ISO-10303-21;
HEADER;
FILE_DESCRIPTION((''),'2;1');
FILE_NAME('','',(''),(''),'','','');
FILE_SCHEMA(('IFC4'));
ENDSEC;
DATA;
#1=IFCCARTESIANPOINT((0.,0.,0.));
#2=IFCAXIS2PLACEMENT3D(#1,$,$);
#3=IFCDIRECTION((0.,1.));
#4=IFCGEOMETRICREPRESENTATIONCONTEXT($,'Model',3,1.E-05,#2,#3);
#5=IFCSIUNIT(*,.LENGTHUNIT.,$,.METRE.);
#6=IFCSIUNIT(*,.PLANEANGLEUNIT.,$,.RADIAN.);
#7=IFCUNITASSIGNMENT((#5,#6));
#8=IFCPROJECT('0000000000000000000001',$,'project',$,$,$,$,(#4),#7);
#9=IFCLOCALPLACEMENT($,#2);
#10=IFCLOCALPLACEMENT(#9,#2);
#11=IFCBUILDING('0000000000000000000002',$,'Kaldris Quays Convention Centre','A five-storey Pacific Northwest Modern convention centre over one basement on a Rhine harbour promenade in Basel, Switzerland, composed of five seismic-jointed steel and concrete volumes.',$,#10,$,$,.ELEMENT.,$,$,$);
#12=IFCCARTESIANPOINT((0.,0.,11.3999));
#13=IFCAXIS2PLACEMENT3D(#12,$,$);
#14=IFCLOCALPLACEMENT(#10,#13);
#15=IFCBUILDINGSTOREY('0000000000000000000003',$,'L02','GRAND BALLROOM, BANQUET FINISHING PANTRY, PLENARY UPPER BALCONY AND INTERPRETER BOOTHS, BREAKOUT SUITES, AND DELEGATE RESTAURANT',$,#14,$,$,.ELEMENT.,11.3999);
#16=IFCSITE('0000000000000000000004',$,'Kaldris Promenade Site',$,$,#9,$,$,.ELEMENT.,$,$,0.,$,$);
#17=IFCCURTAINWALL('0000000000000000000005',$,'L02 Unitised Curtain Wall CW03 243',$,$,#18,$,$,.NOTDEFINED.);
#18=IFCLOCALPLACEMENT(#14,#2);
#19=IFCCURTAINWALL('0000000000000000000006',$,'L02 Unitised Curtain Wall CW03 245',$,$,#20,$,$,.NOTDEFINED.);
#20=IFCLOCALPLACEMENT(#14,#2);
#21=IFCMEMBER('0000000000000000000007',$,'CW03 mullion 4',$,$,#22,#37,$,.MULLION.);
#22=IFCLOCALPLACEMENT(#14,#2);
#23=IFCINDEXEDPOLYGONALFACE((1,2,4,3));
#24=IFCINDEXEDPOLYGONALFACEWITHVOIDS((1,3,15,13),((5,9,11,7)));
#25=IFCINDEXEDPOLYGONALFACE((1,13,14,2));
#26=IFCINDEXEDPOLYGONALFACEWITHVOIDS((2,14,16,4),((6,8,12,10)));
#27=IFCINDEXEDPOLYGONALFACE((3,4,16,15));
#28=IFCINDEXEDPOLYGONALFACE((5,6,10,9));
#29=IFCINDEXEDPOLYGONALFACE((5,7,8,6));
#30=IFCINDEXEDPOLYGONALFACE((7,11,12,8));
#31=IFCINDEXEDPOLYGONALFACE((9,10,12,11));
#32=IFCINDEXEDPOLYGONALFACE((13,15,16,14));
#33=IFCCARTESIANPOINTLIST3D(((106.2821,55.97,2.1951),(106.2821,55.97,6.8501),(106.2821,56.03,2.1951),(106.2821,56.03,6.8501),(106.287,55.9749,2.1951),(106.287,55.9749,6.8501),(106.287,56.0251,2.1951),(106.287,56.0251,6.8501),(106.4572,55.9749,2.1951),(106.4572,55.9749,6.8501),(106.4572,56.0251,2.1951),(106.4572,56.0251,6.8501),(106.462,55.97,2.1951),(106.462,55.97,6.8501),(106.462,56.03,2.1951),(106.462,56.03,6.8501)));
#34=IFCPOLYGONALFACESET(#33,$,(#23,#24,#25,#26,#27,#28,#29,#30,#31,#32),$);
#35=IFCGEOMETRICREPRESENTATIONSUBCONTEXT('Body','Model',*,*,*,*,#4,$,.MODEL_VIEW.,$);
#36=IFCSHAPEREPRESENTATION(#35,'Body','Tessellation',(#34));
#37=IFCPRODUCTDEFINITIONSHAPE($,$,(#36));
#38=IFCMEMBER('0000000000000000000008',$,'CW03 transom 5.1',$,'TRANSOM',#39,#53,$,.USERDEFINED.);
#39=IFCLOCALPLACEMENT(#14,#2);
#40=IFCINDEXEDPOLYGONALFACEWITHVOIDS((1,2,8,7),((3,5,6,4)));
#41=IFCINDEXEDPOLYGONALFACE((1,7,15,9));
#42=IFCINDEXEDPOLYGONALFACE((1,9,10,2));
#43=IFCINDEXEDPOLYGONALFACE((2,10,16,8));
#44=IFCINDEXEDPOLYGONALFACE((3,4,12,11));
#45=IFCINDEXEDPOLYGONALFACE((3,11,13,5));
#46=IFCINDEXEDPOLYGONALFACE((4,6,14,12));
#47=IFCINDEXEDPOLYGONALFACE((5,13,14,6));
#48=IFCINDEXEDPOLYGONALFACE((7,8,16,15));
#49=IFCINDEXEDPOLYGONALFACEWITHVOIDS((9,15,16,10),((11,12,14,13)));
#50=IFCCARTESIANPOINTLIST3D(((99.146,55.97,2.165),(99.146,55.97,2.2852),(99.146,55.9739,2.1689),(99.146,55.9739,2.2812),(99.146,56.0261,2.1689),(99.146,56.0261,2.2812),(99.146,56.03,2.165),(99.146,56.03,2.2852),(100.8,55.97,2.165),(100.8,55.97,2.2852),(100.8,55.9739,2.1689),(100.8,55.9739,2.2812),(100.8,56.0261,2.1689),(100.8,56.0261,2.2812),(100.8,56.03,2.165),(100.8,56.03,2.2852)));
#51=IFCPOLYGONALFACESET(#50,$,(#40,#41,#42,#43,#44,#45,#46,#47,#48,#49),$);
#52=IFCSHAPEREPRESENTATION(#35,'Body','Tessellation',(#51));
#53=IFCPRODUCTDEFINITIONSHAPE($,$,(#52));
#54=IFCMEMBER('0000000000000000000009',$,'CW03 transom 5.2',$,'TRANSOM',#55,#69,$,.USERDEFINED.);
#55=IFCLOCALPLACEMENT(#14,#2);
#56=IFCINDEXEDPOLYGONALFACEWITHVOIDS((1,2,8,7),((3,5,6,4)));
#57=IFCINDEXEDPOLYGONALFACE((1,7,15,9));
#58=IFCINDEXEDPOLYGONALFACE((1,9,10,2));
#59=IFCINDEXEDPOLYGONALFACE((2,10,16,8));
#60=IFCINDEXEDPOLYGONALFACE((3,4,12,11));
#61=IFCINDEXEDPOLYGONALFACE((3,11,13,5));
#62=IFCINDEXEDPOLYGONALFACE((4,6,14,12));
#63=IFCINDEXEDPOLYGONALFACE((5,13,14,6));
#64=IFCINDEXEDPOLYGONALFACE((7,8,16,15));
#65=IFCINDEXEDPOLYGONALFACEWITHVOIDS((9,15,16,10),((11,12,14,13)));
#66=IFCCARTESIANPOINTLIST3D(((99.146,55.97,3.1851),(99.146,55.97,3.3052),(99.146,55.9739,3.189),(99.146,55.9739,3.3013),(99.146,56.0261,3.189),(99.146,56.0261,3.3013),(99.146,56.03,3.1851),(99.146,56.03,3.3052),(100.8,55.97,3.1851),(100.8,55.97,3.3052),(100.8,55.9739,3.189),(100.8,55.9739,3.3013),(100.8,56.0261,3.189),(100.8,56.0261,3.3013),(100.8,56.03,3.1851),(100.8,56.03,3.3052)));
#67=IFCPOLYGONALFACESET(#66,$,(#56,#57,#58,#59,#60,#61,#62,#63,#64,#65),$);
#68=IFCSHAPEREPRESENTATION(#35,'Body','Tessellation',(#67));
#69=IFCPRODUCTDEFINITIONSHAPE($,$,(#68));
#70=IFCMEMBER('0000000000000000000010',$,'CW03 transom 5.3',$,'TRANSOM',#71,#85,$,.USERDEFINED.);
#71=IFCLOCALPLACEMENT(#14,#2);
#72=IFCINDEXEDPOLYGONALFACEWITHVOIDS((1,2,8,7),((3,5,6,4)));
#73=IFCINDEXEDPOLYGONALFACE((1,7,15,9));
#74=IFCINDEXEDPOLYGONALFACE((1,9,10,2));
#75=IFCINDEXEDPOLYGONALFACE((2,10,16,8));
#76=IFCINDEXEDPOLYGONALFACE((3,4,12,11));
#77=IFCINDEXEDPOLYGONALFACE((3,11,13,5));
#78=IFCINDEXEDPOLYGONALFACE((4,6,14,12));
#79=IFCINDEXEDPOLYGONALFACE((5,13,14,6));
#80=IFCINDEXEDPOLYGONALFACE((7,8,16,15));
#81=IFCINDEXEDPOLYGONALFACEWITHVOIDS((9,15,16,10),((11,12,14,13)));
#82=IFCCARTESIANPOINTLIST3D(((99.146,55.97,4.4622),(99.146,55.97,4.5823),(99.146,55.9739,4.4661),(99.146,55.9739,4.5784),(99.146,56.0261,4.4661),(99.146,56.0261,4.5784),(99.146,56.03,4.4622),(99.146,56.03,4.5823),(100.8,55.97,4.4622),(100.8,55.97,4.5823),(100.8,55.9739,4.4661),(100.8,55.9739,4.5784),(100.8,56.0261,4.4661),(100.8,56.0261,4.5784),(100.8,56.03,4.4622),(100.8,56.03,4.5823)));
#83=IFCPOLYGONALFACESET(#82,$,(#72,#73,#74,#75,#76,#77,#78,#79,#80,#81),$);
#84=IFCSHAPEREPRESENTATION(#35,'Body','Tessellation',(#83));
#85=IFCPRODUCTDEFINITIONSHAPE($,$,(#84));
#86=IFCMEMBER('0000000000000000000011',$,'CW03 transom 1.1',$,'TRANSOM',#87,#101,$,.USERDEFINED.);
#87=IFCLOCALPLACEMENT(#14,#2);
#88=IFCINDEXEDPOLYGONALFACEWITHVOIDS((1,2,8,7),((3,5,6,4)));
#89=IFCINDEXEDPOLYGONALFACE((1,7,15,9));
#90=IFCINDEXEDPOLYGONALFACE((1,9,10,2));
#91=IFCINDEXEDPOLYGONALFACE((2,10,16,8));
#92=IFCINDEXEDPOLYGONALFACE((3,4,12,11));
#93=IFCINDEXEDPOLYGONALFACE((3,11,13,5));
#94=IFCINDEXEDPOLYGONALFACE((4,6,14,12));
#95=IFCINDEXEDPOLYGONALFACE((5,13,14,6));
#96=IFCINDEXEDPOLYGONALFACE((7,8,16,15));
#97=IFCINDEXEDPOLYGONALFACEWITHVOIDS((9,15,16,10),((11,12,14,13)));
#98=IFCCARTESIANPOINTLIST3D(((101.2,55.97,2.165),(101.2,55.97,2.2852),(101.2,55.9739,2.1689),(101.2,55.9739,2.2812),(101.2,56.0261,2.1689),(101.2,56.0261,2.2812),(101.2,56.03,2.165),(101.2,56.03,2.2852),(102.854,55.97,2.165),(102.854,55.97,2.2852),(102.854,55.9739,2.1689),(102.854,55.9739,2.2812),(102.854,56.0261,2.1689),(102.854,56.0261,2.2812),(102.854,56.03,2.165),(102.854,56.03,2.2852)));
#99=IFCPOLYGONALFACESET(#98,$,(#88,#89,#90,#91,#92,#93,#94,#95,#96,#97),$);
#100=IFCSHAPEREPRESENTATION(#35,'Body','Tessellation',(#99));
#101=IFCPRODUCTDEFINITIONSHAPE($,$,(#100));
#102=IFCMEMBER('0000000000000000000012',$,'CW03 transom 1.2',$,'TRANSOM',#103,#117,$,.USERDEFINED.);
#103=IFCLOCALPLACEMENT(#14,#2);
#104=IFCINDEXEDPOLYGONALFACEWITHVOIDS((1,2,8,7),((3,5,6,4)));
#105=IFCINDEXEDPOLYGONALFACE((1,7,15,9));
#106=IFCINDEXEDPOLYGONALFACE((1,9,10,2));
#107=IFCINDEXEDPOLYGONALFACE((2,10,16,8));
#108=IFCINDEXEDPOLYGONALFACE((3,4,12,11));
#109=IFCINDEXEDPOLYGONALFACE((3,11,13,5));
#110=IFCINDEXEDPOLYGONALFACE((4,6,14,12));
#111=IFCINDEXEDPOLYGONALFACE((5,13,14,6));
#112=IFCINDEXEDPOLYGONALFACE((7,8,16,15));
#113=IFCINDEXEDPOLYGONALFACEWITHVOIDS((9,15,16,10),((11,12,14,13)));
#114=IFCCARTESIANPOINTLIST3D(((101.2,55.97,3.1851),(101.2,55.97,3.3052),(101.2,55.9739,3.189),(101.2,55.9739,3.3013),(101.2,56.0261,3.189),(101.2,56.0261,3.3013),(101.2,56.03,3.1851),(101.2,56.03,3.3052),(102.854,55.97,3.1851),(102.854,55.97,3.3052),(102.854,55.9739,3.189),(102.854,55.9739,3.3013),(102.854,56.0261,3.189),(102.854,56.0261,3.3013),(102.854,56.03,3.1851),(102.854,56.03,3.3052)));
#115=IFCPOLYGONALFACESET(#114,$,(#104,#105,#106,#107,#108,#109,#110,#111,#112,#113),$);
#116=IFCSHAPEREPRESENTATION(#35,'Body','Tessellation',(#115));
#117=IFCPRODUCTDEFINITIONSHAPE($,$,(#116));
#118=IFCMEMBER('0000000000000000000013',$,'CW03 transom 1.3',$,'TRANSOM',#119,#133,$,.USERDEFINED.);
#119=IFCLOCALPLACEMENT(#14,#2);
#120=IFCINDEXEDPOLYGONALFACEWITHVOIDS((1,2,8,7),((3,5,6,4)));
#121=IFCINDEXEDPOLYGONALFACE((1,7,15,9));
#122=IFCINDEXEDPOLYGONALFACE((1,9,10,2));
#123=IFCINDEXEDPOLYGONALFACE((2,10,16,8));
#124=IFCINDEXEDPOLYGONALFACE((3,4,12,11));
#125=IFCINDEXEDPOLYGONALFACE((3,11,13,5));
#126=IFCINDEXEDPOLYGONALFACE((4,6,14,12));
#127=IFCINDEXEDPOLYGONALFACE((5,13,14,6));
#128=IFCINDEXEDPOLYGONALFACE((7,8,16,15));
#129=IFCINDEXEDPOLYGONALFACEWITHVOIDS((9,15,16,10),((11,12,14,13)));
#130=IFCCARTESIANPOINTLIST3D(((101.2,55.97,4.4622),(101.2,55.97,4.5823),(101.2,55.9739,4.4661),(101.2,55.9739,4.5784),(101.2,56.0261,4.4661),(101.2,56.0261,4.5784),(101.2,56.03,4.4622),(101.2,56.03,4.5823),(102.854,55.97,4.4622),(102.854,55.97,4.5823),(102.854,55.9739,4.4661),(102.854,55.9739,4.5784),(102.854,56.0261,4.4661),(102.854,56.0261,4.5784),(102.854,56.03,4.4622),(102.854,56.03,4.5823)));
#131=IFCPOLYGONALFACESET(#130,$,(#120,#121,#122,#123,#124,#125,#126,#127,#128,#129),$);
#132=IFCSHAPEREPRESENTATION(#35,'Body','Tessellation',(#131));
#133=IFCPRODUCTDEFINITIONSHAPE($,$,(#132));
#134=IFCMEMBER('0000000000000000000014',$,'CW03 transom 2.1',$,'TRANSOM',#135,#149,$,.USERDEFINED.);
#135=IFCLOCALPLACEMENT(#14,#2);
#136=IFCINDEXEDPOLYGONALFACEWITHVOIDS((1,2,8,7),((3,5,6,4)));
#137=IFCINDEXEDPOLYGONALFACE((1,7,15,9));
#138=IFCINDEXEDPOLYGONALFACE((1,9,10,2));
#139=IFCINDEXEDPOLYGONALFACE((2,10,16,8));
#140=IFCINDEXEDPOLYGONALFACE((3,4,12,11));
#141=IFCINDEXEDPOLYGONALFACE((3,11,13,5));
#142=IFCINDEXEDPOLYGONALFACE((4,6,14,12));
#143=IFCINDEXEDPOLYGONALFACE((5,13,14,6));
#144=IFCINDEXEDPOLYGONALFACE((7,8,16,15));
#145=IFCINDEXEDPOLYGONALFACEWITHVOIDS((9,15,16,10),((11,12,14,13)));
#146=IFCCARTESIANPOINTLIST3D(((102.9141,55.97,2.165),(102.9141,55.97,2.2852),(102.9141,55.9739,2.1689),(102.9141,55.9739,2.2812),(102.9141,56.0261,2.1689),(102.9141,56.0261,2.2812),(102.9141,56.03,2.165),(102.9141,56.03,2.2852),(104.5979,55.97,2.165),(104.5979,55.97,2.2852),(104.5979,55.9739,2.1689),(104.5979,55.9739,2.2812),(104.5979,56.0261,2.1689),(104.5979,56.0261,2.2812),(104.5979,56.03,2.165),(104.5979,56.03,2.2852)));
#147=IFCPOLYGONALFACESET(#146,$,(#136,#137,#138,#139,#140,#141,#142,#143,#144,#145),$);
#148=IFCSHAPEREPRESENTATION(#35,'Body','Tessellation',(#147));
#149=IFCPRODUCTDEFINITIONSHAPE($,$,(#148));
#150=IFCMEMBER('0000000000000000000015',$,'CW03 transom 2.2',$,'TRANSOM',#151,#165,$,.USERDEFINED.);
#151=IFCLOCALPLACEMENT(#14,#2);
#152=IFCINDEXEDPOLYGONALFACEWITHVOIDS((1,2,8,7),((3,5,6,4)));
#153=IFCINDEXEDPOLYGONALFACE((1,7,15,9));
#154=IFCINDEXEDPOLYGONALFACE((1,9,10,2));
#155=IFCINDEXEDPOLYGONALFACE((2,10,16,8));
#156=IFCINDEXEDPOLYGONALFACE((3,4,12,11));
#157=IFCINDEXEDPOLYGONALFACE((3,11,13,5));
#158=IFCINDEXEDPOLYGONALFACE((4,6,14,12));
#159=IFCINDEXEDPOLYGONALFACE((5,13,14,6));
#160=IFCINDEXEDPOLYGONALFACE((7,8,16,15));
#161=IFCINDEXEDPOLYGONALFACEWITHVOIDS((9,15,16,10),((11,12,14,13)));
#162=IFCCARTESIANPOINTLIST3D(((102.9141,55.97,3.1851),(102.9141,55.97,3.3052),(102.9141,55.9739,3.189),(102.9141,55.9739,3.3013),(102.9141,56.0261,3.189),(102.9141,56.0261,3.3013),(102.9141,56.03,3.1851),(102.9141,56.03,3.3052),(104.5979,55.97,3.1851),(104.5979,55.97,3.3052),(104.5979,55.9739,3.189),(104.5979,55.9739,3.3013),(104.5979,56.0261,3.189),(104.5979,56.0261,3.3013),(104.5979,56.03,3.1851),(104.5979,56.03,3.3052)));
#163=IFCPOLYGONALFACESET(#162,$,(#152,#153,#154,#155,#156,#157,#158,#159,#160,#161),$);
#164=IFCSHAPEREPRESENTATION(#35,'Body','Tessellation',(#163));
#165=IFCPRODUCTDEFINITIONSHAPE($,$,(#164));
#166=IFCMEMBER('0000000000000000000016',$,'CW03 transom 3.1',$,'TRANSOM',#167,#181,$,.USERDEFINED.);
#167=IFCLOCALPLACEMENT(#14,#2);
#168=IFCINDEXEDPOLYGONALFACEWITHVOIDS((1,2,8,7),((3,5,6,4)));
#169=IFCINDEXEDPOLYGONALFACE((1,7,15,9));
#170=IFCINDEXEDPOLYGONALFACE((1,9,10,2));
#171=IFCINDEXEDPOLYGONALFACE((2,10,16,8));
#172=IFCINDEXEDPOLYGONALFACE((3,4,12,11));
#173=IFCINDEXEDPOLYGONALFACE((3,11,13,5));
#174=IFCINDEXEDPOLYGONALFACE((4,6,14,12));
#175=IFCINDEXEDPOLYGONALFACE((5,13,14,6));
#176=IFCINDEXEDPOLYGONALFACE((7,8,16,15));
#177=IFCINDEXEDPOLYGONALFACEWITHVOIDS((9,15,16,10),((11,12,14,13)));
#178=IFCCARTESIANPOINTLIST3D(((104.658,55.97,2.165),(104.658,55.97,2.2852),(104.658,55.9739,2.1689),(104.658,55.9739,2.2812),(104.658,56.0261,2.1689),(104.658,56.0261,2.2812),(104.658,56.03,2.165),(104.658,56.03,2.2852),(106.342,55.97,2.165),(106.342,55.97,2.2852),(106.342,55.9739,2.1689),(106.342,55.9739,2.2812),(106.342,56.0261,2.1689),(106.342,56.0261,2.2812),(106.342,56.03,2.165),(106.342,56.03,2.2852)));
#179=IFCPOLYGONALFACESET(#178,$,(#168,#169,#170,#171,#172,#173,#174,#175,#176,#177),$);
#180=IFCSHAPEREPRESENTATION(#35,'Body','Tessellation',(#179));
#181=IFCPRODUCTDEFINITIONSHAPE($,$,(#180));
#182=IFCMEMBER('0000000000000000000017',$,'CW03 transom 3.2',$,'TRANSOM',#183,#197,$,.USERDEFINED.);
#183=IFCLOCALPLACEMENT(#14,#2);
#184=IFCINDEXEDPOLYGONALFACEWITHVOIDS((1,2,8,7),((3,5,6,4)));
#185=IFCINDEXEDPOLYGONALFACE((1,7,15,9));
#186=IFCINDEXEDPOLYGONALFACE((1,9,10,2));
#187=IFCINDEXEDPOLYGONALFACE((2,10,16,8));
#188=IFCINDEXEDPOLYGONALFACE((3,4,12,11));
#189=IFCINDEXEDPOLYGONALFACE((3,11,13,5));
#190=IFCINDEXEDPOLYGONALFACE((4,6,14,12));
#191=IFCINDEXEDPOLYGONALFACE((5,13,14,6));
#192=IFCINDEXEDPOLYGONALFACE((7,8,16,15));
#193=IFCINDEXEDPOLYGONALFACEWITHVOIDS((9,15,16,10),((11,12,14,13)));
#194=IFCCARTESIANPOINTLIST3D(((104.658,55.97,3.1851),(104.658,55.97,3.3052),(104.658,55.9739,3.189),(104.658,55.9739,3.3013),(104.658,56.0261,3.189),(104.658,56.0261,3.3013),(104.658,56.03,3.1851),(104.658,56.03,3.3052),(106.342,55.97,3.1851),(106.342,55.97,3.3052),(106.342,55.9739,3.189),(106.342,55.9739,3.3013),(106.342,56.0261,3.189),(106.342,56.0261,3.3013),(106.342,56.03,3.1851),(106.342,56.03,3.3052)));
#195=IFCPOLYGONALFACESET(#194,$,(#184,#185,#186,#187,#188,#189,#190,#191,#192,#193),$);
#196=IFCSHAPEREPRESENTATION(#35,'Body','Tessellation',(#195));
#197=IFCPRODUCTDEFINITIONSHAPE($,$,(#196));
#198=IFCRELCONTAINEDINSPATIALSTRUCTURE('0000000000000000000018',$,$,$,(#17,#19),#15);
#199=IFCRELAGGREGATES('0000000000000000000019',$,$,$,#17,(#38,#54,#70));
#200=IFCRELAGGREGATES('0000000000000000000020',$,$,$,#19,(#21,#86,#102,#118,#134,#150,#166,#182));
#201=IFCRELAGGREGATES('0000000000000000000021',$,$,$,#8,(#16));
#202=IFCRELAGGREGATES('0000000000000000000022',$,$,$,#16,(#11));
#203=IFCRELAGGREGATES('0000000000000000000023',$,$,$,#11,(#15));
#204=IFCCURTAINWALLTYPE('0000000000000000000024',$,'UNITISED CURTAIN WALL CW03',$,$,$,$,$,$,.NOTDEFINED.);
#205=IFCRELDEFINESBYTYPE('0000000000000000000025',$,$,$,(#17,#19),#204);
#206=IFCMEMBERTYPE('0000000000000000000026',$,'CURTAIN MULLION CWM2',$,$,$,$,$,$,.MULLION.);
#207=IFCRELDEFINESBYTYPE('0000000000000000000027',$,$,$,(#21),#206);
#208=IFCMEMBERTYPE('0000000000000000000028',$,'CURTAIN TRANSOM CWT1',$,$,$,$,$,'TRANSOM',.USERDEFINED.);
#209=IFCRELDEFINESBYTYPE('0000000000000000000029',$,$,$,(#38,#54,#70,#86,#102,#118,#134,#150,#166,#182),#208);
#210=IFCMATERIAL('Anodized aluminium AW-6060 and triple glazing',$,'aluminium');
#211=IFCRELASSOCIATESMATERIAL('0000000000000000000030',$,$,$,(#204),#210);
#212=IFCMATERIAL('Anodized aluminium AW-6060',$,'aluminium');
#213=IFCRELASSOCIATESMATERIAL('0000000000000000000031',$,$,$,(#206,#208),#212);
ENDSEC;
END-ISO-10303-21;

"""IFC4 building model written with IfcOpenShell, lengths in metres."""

from ifc_helpers import new_model, si_unit, direction, frame, origin, origin_2d, place, context, subcontext, project, spatial, hollow_rectangle, extrude, material, material_profile, profile_set, type_object, element, aggregate, save


model = new_model("IFC4")

# Units and contexts
model_context = context("Model", 3, precision=1e-05, world=origin(), true_north=direction((0.0, 1.0)))
body_context = subcontext(model_context, "Body", "Model", "MODEL_VIEW")
ifc_project = project(units=[si_unit("LENGTHUNIT", "METRE"), si_unit("PLANEANGLEUNIT", "RADIAN")], contexts=[model_context])

# Site, building, storey
site_placement = place(None, origin())
site = spatial("IfcSite", under=ifc_project, at=site_placement, Name="Kaldris Promenade Site", CompositionType="ELEMENT", RefElevation=0.0)
building_placement = place(site_placement, origin())
building = spatial("IfcBuilding", under=site, at=building_placement, Name="Kaldris Quays Convention Centre", Description="A five-storey Pacific Northwest Modern convention centre over one basement on a Rhine harbour promenade in Basel, Switzerland, composed of five seismic-jointed steel and concrete volumes.", CompositionType="ELEMENT")
storey_placement = place(building_placement, frame((0.0, 0.0, 11.3999)))
storey = spatial("IfcBuildingStorey", under=building, at=storey_placement, Name="L02", Description="GRAND BALLROOM, BANQUET FINISHING PANTRY, PLENARY UPPER BALCONY AND INTERPRETER BOOTHS, BREAKOUT SUITES, AND DELEGATE RESTAURANT", CompositionType="ELEMENT", Elevation=11.3999)

# Curtain walls, member
ifc_material_1 = material(Name="Anodized aluminium AW-6060 and triple glazing", Category="aluminium")
curtain_wall_type = type_object("IfcCurtainWallType", Name="UNITISED CURTAIN WALL CW03", PredefinedType="NOTDEFINED", material=ifc_material_1)
curtain_wall_1_placement = place(storey_placement, origin())
curtain_wall_1 = element("IfcCurtainWall", 1, at=curtain_wall_1_placement, inside=storey, type_object=curtain_wall_type, Name="L02 Unitised Curtain Wall CW03 243", PredefinedType="NOTDEFINED")
ifc_material_2 = material(Name="Anodized aluminium AW-6060", Category="aluminium")
ifc_material_profile_1 = material_profile(ifc_material_2, hollow_rectangle(XDim=0.0601, YDim=0.1799, WallThickness=0.0049, at=origin_2d()), Name="RHS 180x60x5")
ifc_profile_set_1 = profile_set([ifc_material_profile_1], Name="Anodized aluminium AW-6060")
member_type_1 = type_object("IfcMemberType", Name="CURTAIN MULLION CWM2", PredefinedType="MULLION", material=ifc_profile_set_1)
curtain_wall_2_placement = place(storey_placement, origin())
curtain_wall_2 = element("IfcCurtainWall", 2, at=curtain_wall_2_placement, inside=storey, type_object=curtain_wall_type, Name="L02 Unitised Curtain Wall CW03 245", PredefinedType="NOTDEFINED")
member_1_placement = place(storey_placement, frame((106.3721, 56.0, 2.1951), z_axis=(0.0, 0.0, 1.0), x_axis=(0.0, 1.0, 0.0)))
member_1 = element("IfcMember", 3, at=member_1_placement, type_object=member_type_1, Name="CW03 mullion 4", PredefinedType="MULLION", context=body_context, shape_type="SweptSolid", body=[
    extrude(hollow_rectangle(XDim=0.0601, YDim=0.1799, WallThickness=0.0049, at=origin_2d()), origin(), (0.0, 0.0, 1.0), 4.655),
])

# Members
ifc_material_profile_2 = material_profile(ifc_material_2, hollow_rectangle(XDim=0.0601, YDim=0.1201, WallThickness=0.0039, at=origin_2d()), Name="RHS 120x60x4")
ifc_profile_set_2 = profile_set([ifc_material_profile_2], Name="Anodized aluminium AW-6060")
member_type_2 = type_object("IfcMemberType", Name="CURTAIN TRANSOM CWT1", ElementType="TRANSOM", PredefinedType="USERDEFINED", material=ifc_profile_set_2)
member_2_placement = place(storey_placement, frame((99.146, 56.0, 2.2251), z_axis=(1.0, 0.0, 0.0), x_axis=(0.0, 1.0, 0.0)))
member_2 = element("IfcMember", 4, at=member_2_placement, type_object=member_type_2, Name="CW03 transom 5.1", ObjectType="TRANSOM", PredefinedType="USERDEFINED", context=body_context, shape_type="SweptSolid", body=[
    extrude(hollow_rectangle(XDim=0.0601, YDim=0.1201, WallThickness=0.0039, at=origin_2d()), origin(), (0.0, 0.0, 1.0), 1.6541),
])
member_3_placement = place(storey_placement, frame((99.146, 56.0, 3.2451), z_axis=(1.0, 0.0, 0.0), x_axis=(0.0, 1.0, 0.0)))
member_3 = element("IfcMember", 5, at=member_3_placement, type_object=member_type_2, Name="CW03 transom 5.2", ObjectType="TRANSOM", PredefinedType="USERDEFINED", context=body_context, shape_type="SweptSolid", body=[
    extrude(hollow_rectangle(XDim=0.0601, YDim=0.1201, WallThickness=0.0039, at=origin_2d()), origin(), (0.0, 0.0, 1.0), 1.6541),
])
member_4_placement = place(storey_placement, frame((99.146, 56.0, 4.5222), z_axis=(1.0, 0.0, 0.0), x_axis=(0.0, 1.0, 0.0)))
member_4 = element("IfcMember", 6, at=member_4_placement, type_object=member_type_2, Name="CW03 transom 5.3", ObjectType="TRANSOM", PredefinedType="USERDEFINED", context=body_context, shape_type="SweptSolid", body=[
    extrude(hollow_rectangle(XDim=0.0601, YDim=0.1201, WallThickness=0.0039, at=origin_2d()), origin(), (0.0, 0.0, 1.0), 1.6541),
])
member_5_placement = place(storey_placement, frame((101.2, 56.0, 2.2251), z_axis=(1.0, 0.0, 0.0), x_axis=(0.0, 1.0, 0.0)))
member_5 = element("IfcMember", 7, at=member_5_placement, type_object=member_type_2, Name="CW03 transom 1.1", ObjectType="TRANSOM", PredefinedType="USERDEFINED", context=body_context, shape_type="SweptSolid", body=[
    extrude(hollow_rectangle(XDim=0.0601, YDim=0.1201, WallThickness=0.0039, at=origin_2d()), origin(), (0.0, 0.0, 1.0), 1.6541),
])
member_6_placement = place(storey_placement, frame((101.2, 56.0, 3.2451), z_axis=(1.0, 0.0, 0.0), x_axis=(0.0, 1.0, 0.0)))
member_6 = element("IfcMember", 8, at=member_6_placement, type_object=member_type_2, Name="CW03 transom 1.2", ObjectType="TRANSOM", PredefinedType="USERDEFINED", context=body_context, shape_type="SweptSolid", body=[
    extrude(hollow_rectangle(XDim=0.0601, YDim=0.1201, WallThickness=0.0039, at=origin_2d()), origin(), (0.0, 0.0, 1.0), 1.6541),
])
member_7_placement = place(storey_placement, frame((101.2, 56.0, 4.5222), z_axis=(1.0, 0.0, 0.0), x_axis=(0.0, 1.0, 0.0)))
member_7 = element("IfcMember", 9, at=member_7_placement, type_object=member_type_2, Name="CW03 transom 1.3", ObjectType="TRANSOM", PredefinedType="USERDEFINED", context=body_context, shape_type="SweptSolid", body=[
    extrude(hollow_rectangle(XDim=0.0601, YDim=0.1201, WallThickness=0.0039, at=origin_2d()), origin(), (0.0, 0.0, 1.0), 1.6541),
])
member_8_placement = place(storey_placement, frame((102.9141, 56.0, 2.2251), z_axis=(1.0, 0.0, 0.0), x_axis=(0.0, 1.0, 0.0)))
member_8 = element("IfcMember", 10, at=member_8_placement, type_object=member_type_2, Name="CW03 transom 2.1", ObjectType="TRANSOM", PredefinedType="USERDEFINED", context=body_context, shape_type="SweptSolid", body=[
    extrude(hollow_rectangle(XDim=0.0601, YDim=0.1201, WallThickness=0.0039, at=origin_2d()), origin(), (0.0, 0.0, 1.0), 1.6838),
])
member_9_placement = place(storey_placement, frame((102.9141, 56.0, 3.2451), z_axis=(1.0, 0.0, 0.0), x_axis=(0.0, 1.0, 0.0)))
member_9 = element("IfcMember", 11, at=member_9_placement, type_object=member_type_2, Name="CW03 transom 2.2", ObjectType="TRANSOM", PredefinedType="USERDEFINED", context=body_context, shape_type="SweptSolid", body=[
    extrude(hollow_rectangle(XDim=0.0601, YDim=0.1201, WallThickness=0.0039, at=origin_2d()), origin(), (0.0, 0.0, 1.0), 1.6838),
])
member_10_placement = place(storey_placement, frame((104.658, 56.0, 2.2251), z_axis=(1.0, 0.0, 0.0), x_axis=(0.0, 1.0, 0.0)))
member_10 = element("IfcMember", 12, at=member_10_placement, type_object=member_type_2, Name="CW03 transom 3.1", ObjectType="TRANSOM", PredefinedType="USERDEFINED", context=body_context, shape_type="SweptSolid", body=[
    extrude(hollow_rectangle(XDim=0.0601, YDim=0.1201, WallThickness=0.0039, at=origin_2d()), origin(), (0.0, 0.0, 1.0), 1.6841),
])
member_11_placement = place(storey_placement, frame((104.658, 56.0, 3.2451), z_axis=(1.0, 0.0, 0.0), x_axis=(0.0, 1.0, 0.0)))
member_11 = element("IfcMember", 13, at=member_11_placement, type_object=member_type_2, Name="CW03 transom 3.2", ObjectType="TRANSOM", PredefinedType="USERDEFINED", context=body_context, shape_type="SweptSolid", body=[
    extrude(hollow_rectangle(XDim=0.0601, YDim=0.1201, WallThickness=0.0039, at=origin_2d()), origin(), (0.0, 0.0, 1.0), 1.6841),
])

aggregate(curtain_wall_1, [member_2, member_3, member_4])
aggregate(curtain_wall_2, [member_1, member_5, member_6, member_7, member_8, member_9, member_10, member_11])

save(model, "model.ifc")
